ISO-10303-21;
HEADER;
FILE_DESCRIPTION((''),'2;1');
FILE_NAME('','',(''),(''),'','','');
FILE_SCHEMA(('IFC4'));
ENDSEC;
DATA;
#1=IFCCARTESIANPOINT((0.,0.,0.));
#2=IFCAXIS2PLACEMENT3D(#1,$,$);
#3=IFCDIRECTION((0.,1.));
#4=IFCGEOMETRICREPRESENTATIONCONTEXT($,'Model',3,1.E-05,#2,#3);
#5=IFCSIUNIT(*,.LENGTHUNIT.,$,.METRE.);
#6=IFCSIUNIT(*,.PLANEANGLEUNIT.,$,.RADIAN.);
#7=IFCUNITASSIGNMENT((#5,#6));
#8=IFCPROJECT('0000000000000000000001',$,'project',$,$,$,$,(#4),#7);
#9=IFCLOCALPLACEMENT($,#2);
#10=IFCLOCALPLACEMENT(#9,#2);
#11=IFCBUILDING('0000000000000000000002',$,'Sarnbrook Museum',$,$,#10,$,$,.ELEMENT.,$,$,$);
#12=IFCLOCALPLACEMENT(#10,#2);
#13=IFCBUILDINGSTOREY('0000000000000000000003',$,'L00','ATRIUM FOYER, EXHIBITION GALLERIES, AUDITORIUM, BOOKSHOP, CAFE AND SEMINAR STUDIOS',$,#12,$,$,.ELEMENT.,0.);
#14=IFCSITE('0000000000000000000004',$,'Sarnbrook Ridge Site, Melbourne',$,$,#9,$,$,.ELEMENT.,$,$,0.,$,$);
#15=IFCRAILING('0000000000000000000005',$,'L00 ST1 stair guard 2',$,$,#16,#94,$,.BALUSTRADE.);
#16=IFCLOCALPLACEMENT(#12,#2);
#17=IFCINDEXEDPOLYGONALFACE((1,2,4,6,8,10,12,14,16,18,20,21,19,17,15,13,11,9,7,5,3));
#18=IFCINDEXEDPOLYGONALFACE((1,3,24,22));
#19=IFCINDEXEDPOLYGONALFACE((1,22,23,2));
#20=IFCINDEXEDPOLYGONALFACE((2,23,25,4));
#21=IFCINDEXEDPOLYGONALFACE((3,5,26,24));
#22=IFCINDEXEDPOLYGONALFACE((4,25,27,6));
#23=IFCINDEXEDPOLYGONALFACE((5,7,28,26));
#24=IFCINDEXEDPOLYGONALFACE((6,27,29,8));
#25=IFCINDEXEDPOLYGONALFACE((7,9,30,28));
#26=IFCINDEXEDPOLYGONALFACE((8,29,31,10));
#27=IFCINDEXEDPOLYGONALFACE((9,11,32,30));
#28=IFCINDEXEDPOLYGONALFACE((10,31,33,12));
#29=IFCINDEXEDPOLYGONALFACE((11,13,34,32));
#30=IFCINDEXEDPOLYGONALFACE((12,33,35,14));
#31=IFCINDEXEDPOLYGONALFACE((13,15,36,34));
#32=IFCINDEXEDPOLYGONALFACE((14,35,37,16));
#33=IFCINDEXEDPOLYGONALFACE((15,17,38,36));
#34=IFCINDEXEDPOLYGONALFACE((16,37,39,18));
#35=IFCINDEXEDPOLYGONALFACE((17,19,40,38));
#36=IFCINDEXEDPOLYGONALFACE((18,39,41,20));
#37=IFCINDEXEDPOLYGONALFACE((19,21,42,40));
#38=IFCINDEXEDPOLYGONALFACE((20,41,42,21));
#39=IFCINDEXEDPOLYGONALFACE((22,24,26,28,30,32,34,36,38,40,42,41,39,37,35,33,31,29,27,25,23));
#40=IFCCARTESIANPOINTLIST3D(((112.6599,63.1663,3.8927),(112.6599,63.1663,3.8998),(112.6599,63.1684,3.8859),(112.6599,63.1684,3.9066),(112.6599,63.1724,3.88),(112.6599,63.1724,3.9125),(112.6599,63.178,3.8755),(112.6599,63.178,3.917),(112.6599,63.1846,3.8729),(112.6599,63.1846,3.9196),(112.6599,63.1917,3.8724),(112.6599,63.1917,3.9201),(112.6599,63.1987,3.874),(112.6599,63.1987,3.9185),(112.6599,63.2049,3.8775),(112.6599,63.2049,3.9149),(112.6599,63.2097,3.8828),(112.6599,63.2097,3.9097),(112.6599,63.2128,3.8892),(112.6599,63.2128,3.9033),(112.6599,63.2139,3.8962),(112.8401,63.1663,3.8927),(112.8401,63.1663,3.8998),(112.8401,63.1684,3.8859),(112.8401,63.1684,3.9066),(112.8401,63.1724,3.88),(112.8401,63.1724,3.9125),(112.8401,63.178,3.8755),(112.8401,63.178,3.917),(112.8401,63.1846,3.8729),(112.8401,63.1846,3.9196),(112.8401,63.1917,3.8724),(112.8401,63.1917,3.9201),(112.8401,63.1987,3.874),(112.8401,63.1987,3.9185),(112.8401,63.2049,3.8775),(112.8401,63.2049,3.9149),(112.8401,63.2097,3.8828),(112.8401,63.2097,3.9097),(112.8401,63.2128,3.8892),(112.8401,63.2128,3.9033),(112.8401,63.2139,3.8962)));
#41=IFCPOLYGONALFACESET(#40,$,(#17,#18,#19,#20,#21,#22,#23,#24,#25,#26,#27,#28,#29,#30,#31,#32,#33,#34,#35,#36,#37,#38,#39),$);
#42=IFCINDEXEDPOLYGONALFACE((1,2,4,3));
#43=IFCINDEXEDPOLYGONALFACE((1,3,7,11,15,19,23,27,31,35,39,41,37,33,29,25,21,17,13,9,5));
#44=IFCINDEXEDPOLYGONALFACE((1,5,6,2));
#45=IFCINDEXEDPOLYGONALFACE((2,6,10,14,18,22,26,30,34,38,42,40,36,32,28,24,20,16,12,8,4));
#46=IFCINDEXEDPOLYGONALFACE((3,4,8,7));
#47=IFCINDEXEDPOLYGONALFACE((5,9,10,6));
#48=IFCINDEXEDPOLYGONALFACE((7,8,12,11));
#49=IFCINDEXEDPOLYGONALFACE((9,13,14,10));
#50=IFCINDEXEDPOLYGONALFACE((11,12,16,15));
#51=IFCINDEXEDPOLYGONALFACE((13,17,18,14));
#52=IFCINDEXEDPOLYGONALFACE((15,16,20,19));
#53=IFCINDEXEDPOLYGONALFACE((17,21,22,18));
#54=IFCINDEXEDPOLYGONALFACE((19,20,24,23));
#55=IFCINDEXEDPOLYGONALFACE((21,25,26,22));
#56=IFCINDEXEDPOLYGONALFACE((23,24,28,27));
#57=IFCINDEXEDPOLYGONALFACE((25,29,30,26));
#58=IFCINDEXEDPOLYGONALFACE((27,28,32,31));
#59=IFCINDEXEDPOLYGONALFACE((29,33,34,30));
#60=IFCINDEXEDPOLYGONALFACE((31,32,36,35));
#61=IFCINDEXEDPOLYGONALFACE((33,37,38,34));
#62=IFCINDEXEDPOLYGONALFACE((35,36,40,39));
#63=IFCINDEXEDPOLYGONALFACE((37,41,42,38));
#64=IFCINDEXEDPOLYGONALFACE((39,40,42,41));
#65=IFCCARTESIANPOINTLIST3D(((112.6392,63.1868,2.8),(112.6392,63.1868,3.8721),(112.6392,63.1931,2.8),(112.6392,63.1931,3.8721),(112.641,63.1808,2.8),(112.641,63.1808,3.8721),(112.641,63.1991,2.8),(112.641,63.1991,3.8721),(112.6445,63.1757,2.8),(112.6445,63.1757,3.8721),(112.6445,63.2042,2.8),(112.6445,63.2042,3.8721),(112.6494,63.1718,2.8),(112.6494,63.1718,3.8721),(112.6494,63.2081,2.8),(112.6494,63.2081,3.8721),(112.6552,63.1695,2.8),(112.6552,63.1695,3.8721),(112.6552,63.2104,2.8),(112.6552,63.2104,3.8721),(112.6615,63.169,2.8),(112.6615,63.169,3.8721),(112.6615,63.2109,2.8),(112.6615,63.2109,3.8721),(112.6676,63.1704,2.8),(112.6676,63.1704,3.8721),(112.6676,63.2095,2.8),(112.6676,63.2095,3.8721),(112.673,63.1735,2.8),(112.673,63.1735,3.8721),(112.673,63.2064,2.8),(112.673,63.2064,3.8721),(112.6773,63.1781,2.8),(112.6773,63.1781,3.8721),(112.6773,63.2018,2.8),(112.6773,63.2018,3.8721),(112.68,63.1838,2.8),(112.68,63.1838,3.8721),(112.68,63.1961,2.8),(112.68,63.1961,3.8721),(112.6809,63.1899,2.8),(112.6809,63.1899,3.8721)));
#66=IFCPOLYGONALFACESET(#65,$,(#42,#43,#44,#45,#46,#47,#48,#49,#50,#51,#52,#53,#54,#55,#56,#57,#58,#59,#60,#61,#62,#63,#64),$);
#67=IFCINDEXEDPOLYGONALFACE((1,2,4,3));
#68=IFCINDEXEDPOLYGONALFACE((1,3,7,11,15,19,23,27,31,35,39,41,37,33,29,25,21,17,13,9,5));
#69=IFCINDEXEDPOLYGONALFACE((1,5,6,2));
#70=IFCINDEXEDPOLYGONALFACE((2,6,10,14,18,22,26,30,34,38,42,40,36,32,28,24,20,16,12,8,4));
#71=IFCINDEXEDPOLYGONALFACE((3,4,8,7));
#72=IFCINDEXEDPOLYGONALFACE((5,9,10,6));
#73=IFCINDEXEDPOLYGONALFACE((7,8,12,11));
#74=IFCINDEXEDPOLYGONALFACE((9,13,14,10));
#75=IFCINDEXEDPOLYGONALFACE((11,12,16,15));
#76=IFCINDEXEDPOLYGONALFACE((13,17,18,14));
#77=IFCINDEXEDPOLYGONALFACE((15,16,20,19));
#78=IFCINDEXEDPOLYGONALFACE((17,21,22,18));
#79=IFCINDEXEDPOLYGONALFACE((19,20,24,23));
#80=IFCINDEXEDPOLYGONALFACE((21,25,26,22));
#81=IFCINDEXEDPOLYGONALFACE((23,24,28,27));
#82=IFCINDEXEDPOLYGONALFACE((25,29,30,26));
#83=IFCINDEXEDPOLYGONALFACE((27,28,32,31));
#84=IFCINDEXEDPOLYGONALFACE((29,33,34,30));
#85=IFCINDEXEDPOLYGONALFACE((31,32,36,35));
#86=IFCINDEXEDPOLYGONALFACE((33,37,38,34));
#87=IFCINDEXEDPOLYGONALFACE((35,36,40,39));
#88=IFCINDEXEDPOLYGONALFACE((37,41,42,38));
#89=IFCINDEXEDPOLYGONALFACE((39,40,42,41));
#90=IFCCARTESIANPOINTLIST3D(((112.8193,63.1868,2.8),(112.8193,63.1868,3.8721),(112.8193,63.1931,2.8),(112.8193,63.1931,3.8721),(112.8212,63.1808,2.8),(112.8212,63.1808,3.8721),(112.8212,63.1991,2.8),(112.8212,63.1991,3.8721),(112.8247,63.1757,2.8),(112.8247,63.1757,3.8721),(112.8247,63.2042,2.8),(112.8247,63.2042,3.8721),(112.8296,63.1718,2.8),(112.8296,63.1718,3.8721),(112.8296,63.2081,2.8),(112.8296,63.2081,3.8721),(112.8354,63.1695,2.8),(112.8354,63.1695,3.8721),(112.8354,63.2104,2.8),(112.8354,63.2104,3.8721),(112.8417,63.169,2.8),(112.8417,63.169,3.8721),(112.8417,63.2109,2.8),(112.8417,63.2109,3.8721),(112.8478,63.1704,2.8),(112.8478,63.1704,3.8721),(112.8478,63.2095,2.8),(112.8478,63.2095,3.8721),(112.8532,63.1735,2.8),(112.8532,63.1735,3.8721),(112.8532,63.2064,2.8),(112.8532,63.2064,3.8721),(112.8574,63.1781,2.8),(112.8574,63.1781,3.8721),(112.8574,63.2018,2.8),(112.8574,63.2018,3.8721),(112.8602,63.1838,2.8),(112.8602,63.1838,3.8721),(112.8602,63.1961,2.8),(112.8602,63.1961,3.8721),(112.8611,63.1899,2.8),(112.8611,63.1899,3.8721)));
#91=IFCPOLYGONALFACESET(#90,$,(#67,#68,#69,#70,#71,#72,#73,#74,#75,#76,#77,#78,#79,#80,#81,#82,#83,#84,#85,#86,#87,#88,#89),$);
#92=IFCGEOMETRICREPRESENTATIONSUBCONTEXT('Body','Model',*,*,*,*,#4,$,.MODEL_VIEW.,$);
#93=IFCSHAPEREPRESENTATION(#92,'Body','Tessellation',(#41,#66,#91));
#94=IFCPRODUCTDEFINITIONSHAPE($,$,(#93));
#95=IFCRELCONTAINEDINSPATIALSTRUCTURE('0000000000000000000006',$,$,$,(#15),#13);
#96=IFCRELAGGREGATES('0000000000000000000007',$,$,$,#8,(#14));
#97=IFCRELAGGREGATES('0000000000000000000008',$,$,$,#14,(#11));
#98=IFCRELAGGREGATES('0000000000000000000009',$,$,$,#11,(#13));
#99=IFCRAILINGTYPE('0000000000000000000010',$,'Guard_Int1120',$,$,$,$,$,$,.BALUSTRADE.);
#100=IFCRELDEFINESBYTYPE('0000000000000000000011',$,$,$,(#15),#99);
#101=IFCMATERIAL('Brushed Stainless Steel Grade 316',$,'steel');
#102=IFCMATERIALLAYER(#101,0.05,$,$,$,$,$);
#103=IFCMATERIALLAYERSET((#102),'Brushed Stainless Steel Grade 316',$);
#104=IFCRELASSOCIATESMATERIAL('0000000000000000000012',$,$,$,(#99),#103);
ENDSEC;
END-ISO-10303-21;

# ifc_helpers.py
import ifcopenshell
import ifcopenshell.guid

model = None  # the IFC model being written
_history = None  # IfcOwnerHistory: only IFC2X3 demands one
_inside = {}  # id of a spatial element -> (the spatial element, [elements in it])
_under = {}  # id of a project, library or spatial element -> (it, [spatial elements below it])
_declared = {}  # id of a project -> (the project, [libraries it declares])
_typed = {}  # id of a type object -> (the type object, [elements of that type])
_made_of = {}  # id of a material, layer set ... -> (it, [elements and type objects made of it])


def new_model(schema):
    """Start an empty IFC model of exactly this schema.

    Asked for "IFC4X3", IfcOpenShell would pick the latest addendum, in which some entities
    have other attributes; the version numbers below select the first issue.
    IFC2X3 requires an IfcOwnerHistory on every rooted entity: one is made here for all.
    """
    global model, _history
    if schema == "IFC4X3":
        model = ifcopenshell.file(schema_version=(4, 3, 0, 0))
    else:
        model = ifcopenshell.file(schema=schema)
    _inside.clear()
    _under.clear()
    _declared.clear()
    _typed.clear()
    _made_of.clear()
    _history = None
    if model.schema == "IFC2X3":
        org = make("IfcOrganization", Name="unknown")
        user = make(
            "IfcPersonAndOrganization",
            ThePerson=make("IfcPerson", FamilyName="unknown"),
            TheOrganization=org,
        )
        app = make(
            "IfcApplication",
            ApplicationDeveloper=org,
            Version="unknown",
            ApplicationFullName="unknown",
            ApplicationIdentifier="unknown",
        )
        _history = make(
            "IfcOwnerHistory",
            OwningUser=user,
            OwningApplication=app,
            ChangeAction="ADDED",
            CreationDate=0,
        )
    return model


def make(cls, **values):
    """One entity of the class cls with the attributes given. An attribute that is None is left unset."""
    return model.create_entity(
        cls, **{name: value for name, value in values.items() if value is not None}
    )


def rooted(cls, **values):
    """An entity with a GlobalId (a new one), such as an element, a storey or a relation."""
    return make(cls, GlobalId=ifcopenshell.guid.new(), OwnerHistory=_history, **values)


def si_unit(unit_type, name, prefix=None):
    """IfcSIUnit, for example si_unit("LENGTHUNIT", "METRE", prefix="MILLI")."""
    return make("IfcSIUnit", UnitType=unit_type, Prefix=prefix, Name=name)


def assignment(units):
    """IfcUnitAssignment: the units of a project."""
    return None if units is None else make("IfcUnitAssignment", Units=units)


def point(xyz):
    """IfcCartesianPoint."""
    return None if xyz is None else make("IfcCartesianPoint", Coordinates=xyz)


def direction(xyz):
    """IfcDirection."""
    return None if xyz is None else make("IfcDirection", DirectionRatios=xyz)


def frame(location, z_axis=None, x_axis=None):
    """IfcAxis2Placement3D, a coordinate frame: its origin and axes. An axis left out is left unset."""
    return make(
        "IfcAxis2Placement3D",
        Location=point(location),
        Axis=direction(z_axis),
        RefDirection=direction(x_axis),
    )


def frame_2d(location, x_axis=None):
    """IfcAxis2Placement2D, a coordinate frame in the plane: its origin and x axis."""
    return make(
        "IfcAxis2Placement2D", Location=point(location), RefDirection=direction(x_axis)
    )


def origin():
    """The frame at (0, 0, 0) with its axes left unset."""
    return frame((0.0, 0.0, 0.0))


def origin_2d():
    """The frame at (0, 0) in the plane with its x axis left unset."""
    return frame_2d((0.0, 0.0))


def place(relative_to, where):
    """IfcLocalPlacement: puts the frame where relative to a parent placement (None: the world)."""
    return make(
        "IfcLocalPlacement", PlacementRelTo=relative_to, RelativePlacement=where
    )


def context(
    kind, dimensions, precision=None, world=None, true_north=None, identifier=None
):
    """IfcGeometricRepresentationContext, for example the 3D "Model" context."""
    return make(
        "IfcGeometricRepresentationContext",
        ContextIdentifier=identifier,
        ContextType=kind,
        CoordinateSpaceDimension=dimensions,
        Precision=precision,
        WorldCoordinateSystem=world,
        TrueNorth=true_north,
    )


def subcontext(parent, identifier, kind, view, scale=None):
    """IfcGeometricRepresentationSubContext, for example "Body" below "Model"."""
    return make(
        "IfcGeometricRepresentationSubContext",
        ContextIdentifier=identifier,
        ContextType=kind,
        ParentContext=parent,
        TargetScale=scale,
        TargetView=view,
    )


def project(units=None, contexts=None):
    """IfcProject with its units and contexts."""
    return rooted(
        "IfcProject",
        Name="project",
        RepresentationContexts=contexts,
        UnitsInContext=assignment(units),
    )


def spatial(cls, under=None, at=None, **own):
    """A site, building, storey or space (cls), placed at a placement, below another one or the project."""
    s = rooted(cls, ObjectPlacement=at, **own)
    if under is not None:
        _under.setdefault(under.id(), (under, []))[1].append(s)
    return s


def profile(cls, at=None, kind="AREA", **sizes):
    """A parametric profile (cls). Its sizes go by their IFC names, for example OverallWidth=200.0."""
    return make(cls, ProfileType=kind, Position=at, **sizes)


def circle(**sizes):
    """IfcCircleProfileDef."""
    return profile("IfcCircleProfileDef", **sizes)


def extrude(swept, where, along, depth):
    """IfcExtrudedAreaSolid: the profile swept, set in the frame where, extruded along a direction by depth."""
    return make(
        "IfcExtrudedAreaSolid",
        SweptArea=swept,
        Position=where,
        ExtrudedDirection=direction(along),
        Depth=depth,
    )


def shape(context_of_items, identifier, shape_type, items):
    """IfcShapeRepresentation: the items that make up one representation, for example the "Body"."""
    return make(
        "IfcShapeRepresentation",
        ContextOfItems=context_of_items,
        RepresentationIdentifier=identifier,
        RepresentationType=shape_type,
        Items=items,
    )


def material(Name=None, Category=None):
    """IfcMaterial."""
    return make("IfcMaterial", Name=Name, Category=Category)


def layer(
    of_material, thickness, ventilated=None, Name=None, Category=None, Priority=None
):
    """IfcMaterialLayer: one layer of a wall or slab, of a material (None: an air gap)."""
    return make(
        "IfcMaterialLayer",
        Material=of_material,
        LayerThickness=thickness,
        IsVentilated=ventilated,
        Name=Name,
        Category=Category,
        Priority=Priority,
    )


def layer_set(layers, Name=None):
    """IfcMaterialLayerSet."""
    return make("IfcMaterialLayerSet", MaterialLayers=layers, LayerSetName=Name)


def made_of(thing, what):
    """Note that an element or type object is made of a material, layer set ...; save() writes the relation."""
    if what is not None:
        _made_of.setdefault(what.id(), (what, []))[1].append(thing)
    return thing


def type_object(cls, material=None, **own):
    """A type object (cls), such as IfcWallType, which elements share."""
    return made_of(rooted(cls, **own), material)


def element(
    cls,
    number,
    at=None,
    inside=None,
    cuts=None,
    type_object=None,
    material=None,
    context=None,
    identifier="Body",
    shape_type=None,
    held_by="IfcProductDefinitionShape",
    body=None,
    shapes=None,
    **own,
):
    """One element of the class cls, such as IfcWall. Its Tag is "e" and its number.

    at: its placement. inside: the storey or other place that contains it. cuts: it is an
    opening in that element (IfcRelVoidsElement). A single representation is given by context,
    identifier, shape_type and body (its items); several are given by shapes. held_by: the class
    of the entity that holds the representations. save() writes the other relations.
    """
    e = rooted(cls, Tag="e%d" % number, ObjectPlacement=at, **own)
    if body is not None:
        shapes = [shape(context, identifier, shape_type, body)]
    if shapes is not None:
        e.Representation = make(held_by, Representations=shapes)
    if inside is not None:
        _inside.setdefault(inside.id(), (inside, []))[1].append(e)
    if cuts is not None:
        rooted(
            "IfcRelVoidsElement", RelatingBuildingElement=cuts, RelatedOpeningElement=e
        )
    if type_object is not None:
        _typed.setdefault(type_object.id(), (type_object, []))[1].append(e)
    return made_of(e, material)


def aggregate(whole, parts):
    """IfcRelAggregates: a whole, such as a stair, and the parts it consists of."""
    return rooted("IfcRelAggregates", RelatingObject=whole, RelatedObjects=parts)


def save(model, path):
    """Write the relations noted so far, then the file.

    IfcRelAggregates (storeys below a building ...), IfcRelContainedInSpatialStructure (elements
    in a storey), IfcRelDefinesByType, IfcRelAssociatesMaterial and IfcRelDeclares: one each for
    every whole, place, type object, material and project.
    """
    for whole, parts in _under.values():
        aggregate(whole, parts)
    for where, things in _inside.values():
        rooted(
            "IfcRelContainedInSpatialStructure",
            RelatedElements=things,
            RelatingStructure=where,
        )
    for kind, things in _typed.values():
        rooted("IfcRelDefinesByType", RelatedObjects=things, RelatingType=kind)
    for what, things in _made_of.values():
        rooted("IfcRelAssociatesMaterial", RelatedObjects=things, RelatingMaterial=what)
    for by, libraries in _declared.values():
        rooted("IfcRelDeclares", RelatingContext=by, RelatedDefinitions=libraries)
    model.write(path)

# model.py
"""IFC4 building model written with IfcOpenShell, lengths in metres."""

from ifc_helpers import new_model, si_unit, direction, frame, origin, origin_2d, place, context, subcontext, project, spatial, circle, extrude, material, layer, layer_set, type_object, element, save


model = new_model("IFC4")

# Units and contexts
model_context = context("Model", 3, precision=1e-05, world=origin(), true_north=direction((0.0, 1.0)))
body_context = subcontext(model_context, "Body", "Model", "MODEL_VIEW")
ifc_project = project(units=[si_unit("LENGTHUNIT", "METRE"), si_unit("PLANEANGLEUNIT", "RADIAN")], contexts=[model_context])

# Site, building, storey
site_placement = place(None, origin())
site = spatial("IfcSite", under=ifc_project, at=site_placement, Name="Sarnbrook Ridge Site, Melbourne", CompositionType="ELEMENT", RefElevation=0.0)
building_placement = place(site_placement, origin())
building = spatial("IfcBuilding", under=site, at=building_placement, Name="Sarnbrook Museum", CompositionType="ELEMENT")
storey_placement = place(building_placement, origin())
storey = spatial("IfcBuildingStorey", under=building, at=storey_placement, Name="L00", Description="ATRIUM FOYER, EXHIBITION GALLERIES, AUDITORIUM, BOOKSHOP, CAFE AND SEMINAR STUDIOS", CompositionType="ELEMENT", Elevation=0.0)

# Shared definitions
ifc_material_1 = material(Name="Brushed Stainless Steel Grade 316", Category="steel")

# Railing
ifc_layer_1 = layer(ifc_material_1, 0.05)
ifc_layer_set_1 = layer_set([ifc_layer_1], Name="Brushed Stainless Steel Grade 316")
railing_type_1 = type_object("IfcRailingType", Name="Guard_Int1120", PredefinedType="BALUSTRADE", material=ifc_layer_set_1)
railing_1_placement = place(storey_placement, frame((112.6599, 63.1899, 2.8)))
element("IfcRailing", 1, at=railing_1_placement, inside=storey, type_object=railing_type_1, Name="L00 ST1 stair guard 2", PredefinedType="BALUSTRADE", context=body_context, shape_type="SweptSolid", body=[
    extrude(circle(Radius=0.0239, at=origin_2d()), frame((0.0, 0.0, 1.0962), z_axis=(1.0, 0.0, 0.0), x_axis=(0.0, 1.0, 0.0)), (0.0, 0.0, 1.0), 0.1802),
    extrude(circle(Radius=0.021, at=origin_2d()), origin(), (0.0, 0.0, 1.0), 1.072),
    extrude(circle(Radius=0.021, at=origin_2d()), frame((0.1802, 0.0, 0.0)), (0.0, 0.0, 1.0), 1.072),
])

save(model, "model.ifc")
